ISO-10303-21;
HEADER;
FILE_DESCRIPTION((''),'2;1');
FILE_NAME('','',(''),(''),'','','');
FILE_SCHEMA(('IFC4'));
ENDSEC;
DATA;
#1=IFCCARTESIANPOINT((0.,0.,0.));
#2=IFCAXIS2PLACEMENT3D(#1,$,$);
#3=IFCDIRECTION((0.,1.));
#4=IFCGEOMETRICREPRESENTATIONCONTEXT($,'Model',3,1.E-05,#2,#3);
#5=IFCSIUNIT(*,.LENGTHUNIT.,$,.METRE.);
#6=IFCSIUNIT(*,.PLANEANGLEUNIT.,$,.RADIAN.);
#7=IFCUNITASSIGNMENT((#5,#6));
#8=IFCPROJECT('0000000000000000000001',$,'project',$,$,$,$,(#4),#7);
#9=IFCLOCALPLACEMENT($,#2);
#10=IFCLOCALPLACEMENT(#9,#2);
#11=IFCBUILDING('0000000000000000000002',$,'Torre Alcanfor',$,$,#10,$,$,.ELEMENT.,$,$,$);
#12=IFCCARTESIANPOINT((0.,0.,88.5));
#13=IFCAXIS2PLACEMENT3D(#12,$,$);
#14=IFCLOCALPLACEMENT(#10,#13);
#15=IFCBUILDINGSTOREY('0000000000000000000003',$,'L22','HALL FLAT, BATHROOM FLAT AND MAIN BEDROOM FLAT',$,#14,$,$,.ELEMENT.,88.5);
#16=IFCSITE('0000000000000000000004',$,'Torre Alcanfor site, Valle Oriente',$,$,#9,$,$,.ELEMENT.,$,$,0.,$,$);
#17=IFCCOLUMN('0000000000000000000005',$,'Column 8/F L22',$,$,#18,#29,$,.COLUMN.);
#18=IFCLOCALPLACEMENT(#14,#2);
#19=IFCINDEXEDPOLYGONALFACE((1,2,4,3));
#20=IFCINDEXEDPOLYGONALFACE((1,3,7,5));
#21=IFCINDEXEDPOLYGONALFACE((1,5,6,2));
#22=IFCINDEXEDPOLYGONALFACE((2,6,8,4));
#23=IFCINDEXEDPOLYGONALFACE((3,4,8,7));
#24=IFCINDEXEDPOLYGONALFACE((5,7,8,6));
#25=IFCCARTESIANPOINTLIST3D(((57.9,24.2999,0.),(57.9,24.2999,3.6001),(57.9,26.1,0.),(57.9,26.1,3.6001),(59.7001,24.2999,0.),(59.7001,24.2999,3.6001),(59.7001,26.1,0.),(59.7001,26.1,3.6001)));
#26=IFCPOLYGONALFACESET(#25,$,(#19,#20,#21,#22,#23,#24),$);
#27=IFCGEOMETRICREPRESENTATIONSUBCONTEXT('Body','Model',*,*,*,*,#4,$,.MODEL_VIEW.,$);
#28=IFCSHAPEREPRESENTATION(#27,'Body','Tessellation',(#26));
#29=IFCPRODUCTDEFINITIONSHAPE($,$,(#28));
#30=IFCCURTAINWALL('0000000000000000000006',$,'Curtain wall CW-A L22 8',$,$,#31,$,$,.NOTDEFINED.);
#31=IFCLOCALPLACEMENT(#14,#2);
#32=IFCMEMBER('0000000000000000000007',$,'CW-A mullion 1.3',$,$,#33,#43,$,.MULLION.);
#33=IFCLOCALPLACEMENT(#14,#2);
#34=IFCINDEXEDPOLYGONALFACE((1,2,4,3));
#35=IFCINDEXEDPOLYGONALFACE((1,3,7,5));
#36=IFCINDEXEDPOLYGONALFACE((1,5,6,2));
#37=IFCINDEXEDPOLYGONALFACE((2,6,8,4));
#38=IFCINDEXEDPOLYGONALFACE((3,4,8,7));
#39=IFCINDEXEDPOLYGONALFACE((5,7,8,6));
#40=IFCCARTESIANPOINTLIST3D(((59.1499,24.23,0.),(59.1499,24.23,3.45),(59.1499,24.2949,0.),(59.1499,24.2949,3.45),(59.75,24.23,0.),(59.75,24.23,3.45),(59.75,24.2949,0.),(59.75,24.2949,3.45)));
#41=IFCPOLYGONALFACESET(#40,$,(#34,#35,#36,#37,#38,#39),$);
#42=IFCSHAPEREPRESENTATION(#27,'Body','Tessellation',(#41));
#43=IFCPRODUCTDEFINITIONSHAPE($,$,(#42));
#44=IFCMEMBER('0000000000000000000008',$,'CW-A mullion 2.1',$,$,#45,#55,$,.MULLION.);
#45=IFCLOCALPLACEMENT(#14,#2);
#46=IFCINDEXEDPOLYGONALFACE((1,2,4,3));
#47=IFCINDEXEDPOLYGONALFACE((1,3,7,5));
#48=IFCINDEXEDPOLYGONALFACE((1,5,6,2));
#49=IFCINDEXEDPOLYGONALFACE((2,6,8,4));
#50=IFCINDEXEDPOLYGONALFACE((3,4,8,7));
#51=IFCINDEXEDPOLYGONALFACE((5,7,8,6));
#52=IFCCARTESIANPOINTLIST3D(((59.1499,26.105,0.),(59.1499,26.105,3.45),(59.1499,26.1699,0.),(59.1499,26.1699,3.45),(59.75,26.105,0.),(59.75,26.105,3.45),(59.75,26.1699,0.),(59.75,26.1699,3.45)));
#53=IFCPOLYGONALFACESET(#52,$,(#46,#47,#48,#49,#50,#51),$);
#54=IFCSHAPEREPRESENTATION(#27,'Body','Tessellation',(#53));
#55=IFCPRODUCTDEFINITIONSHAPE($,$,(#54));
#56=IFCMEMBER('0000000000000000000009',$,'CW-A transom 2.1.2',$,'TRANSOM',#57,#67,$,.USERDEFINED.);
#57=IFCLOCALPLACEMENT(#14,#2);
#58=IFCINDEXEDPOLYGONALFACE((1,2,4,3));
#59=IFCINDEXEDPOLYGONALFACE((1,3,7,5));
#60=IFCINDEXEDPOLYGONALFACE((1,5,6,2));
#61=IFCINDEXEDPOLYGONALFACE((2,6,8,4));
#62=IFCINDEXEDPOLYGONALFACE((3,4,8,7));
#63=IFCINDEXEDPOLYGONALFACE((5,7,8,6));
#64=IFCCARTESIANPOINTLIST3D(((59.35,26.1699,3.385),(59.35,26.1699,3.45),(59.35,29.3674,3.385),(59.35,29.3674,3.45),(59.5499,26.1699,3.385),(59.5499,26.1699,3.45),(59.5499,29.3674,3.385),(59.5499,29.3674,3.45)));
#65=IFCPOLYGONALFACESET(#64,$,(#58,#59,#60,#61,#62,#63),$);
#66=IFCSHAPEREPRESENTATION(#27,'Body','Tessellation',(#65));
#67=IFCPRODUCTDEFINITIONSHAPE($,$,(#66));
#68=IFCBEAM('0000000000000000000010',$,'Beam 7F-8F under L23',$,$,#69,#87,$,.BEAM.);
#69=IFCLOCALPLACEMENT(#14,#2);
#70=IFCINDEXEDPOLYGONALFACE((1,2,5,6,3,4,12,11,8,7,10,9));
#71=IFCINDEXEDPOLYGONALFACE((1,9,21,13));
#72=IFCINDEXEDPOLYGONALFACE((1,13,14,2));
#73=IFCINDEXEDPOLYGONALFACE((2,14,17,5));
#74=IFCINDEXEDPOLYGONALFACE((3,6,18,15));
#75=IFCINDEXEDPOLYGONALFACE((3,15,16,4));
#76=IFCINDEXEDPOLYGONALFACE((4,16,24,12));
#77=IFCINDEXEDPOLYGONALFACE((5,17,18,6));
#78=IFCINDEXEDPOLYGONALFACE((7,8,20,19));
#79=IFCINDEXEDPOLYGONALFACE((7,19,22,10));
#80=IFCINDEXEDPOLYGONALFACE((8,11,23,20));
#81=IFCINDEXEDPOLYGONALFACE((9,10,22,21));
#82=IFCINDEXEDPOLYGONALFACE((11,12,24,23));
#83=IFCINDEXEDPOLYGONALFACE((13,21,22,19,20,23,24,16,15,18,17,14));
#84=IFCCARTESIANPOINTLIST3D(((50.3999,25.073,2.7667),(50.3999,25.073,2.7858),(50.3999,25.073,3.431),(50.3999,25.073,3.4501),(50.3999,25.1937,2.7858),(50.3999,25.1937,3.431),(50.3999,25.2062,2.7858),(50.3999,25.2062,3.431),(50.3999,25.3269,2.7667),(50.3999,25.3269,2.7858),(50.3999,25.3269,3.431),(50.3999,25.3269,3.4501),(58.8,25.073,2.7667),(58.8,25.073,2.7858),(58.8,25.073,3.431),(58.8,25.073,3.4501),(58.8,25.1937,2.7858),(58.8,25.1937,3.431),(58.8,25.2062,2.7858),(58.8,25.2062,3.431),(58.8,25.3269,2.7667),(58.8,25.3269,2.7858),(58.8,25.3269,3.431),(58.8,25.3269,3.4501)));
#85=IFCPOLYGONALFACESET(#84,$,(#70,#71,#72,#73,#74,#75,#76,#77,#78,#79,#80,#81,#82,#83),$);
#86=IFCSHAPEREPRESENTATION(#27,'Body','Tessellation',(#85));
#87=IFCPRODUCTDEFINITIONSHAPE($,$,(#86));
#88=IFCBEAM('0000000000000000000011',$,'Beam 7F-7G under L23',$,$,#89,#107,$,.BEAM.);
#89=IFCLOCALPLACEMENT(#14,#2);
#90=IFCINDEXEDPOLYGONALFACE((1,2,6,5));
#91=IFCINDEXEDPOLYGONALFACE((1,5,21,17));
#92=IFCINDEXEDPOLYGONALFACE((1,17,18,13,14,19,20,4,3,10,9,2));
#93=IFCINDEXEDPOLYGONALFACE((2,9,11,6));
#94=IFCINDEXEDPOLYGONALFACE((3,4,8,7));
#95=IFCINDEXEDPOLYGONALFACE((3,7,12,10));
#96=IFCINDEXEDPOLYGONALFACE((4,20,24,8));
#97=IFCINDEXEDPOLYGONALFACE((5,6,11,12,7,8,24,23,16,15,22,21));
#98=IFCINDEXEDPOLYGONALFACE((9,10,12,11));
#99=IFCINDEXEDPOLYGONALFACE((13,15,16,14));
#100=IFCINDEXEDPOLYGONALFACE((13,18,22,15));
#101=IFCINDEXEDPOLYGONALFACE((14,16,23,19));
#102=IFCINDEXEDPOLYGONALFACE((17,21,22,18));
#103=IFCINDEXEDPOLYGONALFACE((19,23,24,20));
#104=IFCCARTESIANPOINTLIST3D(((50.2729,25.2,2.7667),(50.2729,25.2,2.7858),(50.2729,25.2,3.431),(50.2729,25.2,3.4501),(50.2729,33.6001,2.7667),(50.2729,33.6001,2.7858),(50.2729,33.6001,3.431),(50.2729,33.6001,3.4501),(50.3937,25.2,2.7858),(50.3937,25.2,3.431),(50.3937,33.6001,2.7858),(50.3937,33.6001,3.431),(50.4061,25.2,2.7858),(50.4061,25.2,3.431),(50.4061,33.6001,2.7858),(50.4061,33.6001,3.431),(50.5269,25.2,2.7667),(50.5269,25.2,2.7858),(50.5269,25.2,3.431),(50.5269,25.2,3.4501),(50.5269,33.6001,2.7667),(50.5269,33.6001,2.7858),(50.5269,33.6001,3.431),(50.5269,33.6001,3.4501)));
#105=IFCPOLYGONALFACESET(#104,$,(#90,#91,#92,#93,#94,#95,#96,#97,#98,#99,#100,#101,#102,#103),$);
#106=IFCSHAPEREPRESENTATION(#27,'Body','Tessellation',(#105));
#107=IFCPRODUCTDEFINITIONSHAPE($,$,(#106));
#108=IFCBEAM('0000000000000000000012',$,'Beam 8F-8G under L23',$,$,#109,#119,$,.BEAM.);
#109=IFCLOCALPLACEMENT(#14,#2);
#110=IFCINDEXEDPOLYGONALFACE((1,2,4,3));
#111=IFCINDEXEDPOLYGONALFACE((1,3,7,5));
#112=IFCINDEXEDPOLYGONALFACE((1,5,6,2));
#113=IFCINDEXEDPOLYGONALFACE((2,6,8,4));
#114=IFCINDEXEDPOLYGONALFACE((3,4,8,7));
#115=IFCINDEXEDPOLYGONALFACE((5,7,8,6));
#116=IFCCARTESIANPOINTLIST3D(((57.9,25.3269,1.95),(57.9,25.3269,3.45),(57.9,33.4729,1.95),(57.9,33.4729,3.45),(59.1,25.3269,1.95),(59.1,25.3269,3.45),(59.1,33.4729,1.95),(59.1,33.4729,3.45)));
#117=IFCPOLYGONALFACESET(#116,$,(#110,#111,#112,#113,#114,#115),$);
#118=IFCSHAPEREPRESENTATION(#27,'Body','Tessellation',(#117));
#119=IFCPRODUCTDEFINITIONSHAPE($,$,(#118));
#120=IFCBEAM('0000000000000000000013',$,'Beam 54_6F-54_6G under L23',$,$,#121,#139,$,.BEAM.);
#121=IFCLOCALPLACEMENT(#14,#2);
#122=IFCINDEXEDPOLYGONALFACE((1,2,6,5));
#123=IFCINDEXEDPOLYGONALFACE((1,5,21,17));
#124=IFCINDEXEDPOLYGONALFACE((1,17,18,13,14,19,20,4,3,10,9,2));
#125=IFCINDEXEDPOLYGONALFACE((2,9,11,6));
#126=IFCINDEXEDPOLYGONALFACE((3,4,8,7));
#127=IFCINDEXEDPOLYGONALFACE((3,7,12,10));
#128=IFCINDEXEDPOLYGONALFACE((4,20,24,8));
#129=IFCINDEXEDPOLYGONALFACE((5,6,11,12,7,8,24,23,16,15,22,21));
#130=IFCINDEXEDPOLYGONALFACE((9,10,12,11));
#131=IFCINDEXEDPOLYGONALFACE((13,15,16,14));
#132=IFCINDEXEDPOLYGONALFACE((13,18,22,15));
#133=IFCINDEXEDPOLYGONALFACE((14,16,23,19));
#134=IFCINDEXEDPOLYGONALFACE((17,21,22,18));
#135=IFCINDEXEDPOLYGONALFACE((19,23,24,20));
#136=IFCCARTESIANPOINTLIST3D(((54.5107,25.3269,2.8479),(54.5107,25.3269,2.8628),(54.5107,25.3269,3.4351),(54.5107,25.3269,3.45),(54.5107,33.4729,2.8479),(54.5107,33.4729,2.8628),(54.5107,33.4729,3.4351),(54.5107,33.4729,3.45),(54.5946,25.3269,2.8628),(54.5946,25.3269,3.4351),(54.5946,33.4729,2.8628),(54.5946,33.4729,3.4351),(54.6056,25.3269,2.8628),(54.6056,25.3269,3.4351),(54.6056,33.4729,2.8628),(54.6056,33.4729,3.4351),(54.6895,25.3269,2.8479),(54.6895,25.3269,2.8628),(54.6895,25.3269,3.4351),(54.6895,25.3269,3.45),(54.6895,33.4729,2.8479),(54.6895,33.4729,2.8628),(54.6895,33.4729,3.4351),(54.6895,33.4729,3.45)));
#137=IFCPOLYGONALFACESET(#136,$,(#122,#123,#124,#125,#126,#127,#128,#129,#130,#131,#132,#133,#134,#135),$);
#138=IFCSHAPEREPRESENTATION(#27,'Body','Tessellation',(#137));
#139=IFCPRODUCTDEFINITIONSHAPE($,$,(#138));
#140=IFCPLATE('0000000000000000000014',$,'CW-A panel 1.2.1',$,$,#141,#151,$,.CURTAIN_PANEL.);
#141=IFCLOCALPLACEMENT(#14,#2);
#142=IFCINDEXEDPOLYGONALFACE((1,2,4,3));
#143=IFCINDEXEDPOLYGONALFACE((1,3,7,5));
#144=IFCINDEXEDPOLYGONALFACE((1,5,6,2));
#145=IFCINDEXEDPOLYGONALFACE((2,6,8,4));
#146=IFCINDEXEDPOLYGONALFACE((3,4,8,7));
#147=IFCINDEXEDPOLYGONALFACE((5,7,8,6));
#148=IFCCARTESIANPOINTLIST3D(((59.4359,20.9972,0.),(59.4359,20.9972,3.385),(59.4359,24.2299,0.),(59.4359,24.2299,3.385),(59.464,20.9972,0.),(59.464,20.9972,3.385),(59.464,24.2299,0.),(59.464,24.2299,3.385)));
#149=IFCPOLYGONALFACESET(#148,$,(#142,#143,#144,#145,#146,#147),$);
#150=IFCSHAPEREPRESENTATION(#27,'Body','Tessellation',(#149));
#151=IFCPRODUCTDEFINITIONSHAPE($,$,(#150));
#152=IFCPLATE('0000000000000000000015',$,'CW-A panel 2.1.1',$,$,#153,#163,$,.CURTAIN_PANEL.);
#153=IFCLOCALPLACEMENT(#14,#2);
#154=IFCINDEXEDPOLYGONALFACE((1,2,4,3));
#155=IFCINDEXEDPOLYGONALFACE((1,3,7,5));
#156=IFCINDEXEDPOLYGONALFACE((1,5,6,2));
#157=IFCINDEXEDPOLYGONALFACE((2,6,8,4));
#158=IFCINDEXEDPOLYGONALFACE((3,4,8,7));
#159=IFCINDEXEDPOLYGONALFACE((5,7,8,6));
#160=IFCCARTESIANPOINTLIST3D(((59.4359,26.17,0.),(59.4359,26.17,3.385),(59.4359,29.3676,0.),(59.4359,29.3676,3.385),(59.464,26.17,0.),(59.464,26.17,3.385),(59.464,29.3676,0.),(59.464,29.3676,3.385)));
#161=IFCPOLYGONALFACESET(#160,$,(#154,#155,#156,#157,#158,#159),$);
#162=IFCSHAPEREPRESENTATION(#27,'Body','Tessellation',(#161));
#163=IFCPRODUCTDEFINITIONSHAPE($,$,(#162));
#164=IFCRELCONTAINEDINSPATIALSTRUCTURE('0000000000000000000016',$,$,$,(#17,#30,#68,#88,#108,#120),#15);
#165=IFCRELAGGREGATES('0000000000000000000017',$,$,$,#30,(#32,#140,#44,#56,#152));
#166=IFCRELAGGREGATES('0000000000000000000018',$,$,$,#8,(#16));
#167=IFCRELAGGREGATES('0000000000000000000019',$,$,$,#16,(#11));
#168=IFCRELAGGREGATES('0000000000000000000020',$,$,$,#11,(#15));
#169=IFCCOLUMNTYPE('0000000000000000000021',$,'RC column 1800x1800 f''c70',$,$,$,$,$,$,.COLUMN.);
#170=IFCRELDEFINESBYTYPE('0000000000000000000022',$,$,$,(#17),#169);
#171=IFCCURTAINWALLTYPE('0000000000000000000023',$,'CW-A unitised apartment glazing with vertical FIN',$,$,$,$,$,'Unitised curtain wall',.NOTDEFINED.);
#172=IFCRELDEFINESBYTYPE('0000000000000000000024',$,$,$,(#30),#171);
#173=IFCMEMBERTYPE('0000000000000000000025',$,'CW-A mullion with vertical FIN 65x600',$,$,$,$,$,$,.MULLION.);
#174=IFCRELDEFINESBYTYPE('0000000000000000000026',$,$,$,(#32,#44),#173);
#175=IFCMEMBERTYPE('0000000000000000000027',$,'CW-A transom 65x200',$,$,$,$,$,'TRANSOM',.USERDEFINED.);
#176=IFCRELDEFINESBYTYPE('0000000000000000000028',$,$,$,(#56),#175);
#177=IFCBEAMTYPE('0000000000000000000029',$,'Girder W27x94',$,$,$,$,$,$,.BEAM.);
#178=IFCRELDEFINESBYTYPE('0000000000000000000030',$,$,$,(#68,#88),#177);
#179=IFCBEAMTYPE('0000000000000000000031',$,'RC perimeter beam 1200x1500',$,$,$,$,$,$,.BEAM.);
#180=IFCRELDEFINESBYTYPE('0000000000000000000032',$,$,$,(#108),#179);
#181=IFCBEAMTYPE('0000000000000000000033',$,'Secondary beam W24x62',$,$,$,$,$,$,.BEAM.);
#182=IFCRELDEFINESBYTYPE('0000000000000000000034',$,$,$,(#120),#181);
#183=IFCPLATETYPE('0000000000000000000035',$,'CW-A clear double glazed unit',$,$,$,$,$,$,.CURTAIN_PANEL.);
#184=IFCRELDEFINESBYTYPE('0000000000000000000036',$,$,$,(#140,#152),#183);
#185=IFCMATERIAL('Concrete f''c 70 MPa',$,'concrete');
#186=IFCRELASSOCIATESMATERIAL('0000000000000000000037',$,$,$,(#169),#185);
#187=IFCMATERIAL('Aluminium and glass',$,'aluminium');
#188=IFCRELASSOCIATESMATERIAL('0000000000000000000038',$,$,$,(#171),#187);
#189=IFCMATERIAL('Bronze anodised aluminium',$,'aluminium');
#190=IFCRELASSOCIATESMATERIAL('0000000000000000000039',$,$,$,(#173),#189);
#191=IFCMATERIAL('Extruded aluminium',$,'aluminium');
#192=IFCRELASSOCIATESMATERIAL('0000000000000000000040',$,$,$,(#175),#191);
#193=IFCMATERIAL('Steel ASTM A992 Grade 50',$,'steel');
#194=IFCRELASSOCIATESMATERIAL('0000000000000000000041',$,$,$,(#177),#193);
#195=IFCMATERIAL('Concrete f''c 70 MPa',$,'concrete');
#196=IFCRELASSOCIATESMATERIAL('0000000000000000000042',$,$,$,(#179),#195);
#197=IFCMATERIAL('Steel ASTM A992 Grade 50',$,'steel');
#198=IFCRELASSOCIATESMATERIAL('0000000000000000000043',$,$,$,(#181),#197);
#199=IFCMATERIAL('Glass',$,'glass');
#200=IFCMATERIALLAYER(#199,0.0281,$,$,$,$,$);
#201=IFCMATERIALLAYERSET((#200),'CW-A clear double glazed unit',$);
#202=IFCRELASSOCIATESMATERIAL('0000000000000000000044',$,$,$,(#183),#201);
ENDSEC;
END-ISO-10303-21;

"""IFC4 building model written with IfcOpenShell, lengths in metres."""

from ifc_helpers import new_model, si_unit, direction, frame, origin, origin_2d, place, context, subcontext, project, spatial, rectangle, i_section, extrude, material, layer, layer_set, material_profile, profile_set, type_object, element, aggregate, save


model = new_model("IFC4")

# Units and contexts
model_context = context("Model", 3, precision=1e-05, world=origin(), true_north=direction((0.0, 1.0)))
body_context = subcontext(model_context, "Body", "Model", "MODEL_VIEW")
ifc_project = project(units=[si_unit("LENGTHUNIT", "METRE"), si_unit("PLANEANGLEUNIT", "RADIAN")], contexts=[model_context])

# Site, building, storey
site_placement = place(None, origin())
site = spatial("IfcSite", under=ifc_project, at=site_placement, Name="Torre Alcanfor site, Valle Oriente", CompositionType="ELEMENT", RefElevation=0.0)
building_placement = place(site_placement, origin())
building = spatial("IfcBuilding", under=site, at=building_placement, Name="Torre Alcanfor", CompositionType="ELEMENT")
storey_placement = place(building_placement, frame((0.0, 0.0, 88.5)))
storey = spatial("IfcBuildingStorey", under=building, at=storey_placement, Name="L22", Description="HALL FLAT, BATHROOM FLAT AND MAIN BEDROOM FLAT", CompositionType="ELEMENT", Elevation=88.5)

# Column
ifc_material_1 = material(Name="Concrete f'c 70 MPa", Category="concrete")
ifc_material_profile_1 = material_profile(ifc_material_1, rectangle(XDim=1.8, YDim=1.8, at=origin_2d()), Name="1800x1800")
ifc_profile_set_1 = profile_set([ifc_material_profile_1], Name="Concrete f'c 70 MPa")
column_type = type_object("IfcColumnType", Name="RC column 1800x1800 f'c70", PredefinedType="COLUMN", material=ifc_profile_set_1)
column_placement = place(storey_placement, frame((58.8, 25.2, 0.0), z_axis=(0.0, 0.0, 1.0), x_axis=(1.0, 0.0, 0.0)))
element("IfcColumn", 1, at=column_placement, inside=storey, type_object=column_type, Name="Column 8/F L22", PredefinedType="COLUMN", context=body_context, shape_type="SweptSolid", body=[
    extrude(rectangle(XDim=1.8, YDim=1.8, at=origin_2d()), origin(), (0.0, 0.0, 1.0), 3.6001),
])

# Curtain wall, members
ifc_material_2 = material(Name="Aluminium and glass", Category="aluminium")
curtain_wall_type = type_object("IfcCurtainWallType", Name="CW-A unitised apartment glazing with vertical FIN", ElementType="Unitised curtain wall", PredefinedType="NOTDEFINED", material=ifc_material_2)
curtain_wall_placement = place(storey_placement, origin())
curtain_wall = element("IfcCurtainWall", 2, at=curtain_wall_placement, inside=storey, type_object=curtain_wall_type, Name="Curtain wall CW-A L22 8", PredefinedType="NOTDEFINED")
ifc_material_3 = material(Name="Bronze anodised aluminium", Category="aluminium")
ifc_material_profile_2 = material_profile(ifc_material_3, rectangle(XDim=0.6001, YDim=0.0649, at=origin_2d()), Name="CW-A mullion 65x600")
ifc_profile_set_2 = profile_set([ifc_material_profile_2], Name="Bronze anodised aluminium")
member_type_1 = type_object("IfcMemberType", Name="CW-A mullion with vertical FIN 65x600", PredefinedType="MULLION", material=ifc_profile_set_2)
member_1_placement = place(storey_placement, frame((59.45, 24.2625, 0.0), z_axis=(0.0, 0.0, 1.0), x_axis=(-1.0, 0.0, 0.0)))
member_1 = element("IfcMember", 3, at=member_1_placement, type_object=member_type_1, Name="CW-A mullion 1.3", PredefinedType="MULLION", context=body_context, shape_type="SweptSolid", body=[
    extrude(rectangle(XDim=0.6001, YDim=0.0649, at=origin_2d()), origin(), (0.0, 0.0, 1.0), 3.45),
])
member_2_placement = place(storey_placement, frame((59.45, 26.1375, 0.0), z_axis=(0.0, 0.0, 1.0), x_axis=(-1.0, 0.0, 0.0)))
member_2 = element("IfcMember", 4, at=member_2_placement, type_object=member_type_1, Name="CW-A mullion 2.1", PredefinedType="MULLION", context=body_context, shape_type="SweptSolid", body=[
    extrude(rectangle(XDim=0.6001, YDim=0.0649, at=origin_2d()), origin(), (0.0, 0.0, 1.0), 3.45),
])
ifc_material_4 = material(Name="Extruded aluminium", Category="aluminium")
ifc_material_profile_3 = material_profile(ifc_material_4, rectangle(XDim=0.2, YDim=0.0649, at=origin_2d()), Name="CW-A transom 200x65")
ifc_profile_set_3 = profile_set([ifc_material_profile_3], Name="Extruded aluminium")
member_type_2 = type_object("IfcMemberType", Name="CW-A transom 65x200", ElementType="TRANSOM", PredefinedType="USERDEFINED", material=ifc_profile_set_3)
member_3_placement = place(storey_placement, frame((59.45, 26.1699, 3.4175), z_axis=(0.0, 1.0, 0.0), x_axis=(-1.0, 0.0, 0.0)))
member_3 = element("IfcMember", 5, at=member_3_placement, type_object=member_type_2, Name="CW-A transom 2.1.2", ObjectType="TRANSOM", PredefinedType="USERDEFINED", context=body_context, shape_type="SweptSolid", body=[
    extrude(rectangle(XDim=0.2, YDim=0.0649, at=origin_2d()), origin(), (0.0, 0.0, 1.0), 3.1975),
])

# Beams
ifc_material_5 = material(Name="Steel ASTM A992 Grade 50", Category="steel")
ifc_material_profile_4 = material_profile(ifc_material_5, i_section(OverallWidth=0.2539, OverallDepth=0.6833, WebThickness=0.0125, FlangeThickness=0.019, at=origin_2d()), Name="W27x94")
ifc_profile_set_4 = profile_set([ifc_material_profile_4], Name="Steel ASTM A992 Grade 50")
beam_type_1 = type_object("IfcBeamType", Name="Girder W27x94", PredefinedType="BEAM", material=ifc_profile_set_4)
for number, where, z_axis, x_axis, name in (
    (6, (50.3999, 25.2, 3.1084), (1.0, 0.0, 0.0), (0.0, 1.0, 0.0), "Beam 7F-8F under L23"),
    (7, (50.3999, 25.2, 3.1084), (0.0, 1.0, 0.0), (-1.0, 0.0, 0.0), "Beam 7F-7G under L23"),
):
    element("IfcBeam", number, at=place(storey_placement, frame(where, z_axis=z_axis, x_axis=x_axis)), inside=storey, type_object=beam_type_1, Name=name, PredefinedType="BEAM", context=body_context, shape_type="SweptSolid", body=[
        extrude(i_section(OverallWidth=0.2539, OverallDepth=0.6833, WebThickness=0.0125, FlangeThickness=0.019, at=origin_2d()), origin(), (0.0, 0.0, 1.0), 8.4001),
    ])
ifc_material_6 = material(Name="Concrete f'c 70 MPa", Category="concrete")
ifc_material_profile_5 = material_profile(ifc_material_6, rectangle(XDim=1.2, YDim=1.5, at=origin_2d()), Name="1200x1500")
ifc_profile_set_5 = profile_set([ifc_material_profile_5], Name="Concrete f'c 70 MPa")
beam_type_2 = type_object("IfcBeamType", Name="RC perimeter beam 1200x1500", PredefinedType="BEAM", material=ifc_profile_set_5)
beam_1_placement = place(storey_placement, frame((58.5, 25.3269, 2.7), z_axis=(0.0, 1.0, 0.0), x_axis=(-1.0, 0.0, 0.0)))
element("IfcBeam", 8, at=beam_1_placement, inside=storey, type_object=beam_type_2, Name="Beam 8F-8G under L23", PredefinedType="BEAM", context=body_context, shape_type="SweptSolid", body=[
    extrude(rectangle(XDim=1.2, YDim=1.5, at=origin_2d()), origin(), (0.0, 0.0, 1.0), 8.146),
])
ifc_material_7 = material(Name="Steel ASTM A992 Grade 50", Category="steel")
ifc_material_profile_6 = material_profile(ifc_material_7, i_section(OverallWidth=0.1787, OverallDepth=0.6021, WebThickness=0.011, FlangeThickness=0.0149, at=origin_2d()), Name="W24x62")
ifc_profile_set_6 = profile_set([ifc_material_profile_6], Name="Steel ASTM A992 Grade 50")
beam_type_3 = type_object("IfcBeamType", Name="Secondary beam W24x62", PredefinedType="BEAM", material=ifc_profile_set_6)
beam_2_placement = place(storey_placement, frame((54.6001, 25.3269, 3.1489), z_axis=(0.0, 1.0, 0.0), x_axis=(-1.0, 0.0, 0.0)))
element("IfcBeam", 9, at=beam_2_placement, inside=storey, type_object=beam_type_3, Name="Beam 54_6F-54_6G under L23", PredefinedType="BEAM", context=body_context, shape_type="SweptSolid", body=[
    extrude(i_section(OverallWidth=0.1787, OverallDepth=0.6021, WebThickness=0.011, FlangeThickness=0.0149, at=origin_2d()), origin(), (0.0, 0.0, 1.0), 8.146),
])

# Plates
ifc_material_8 = material(Name="Glass", Category="glass")
ifc_layer_1 = layer(ifc_material_8, 0.0281)
ifc_layer_set_1 = layer_set([ifc_layer_1], Name="CW-A clear double glazed unit")
plate_type = type_object("IfcPlateType", Name="CW-A clear double glazed unit", PredefinedType="CURTAIN_PANEL", material=ifc_layer_set_1)
plate_1_placement = place(storey_placement, frame((59.45, 22.6135, 0.0), z_axis=(0.0, 0.0, 1.0), x_axis=(0.0, 1.0, 0.0)))
plate_1 = element("IfcPlate", 10, at=plate_1_placement, type_object=plate_type, Name="CW-A panel 1.2.1", PredefinedType="CURTAIN_PANEL", context=body_context, shape_type="SweptSolid", body=[
    extrude(rectangle(XDim=3.2327, YDim=0.0281, at=origin_2d()), origin(), (0.0, 0.0, 1.0), 3.385),
])
plate_2_placement = place(storey_placement, frame((59.45, 27.7688, 0.0), z_axis=(0.0, 0.0, 1.0), x_axis=(0.0, 1.0, 0.0)))
plate_2 = element("IfcPlate", 11, at=plate_2_placement, type_object=plate_type, Name="CW-A panel 2.1.1", PredefinedType="CURTAIN_PANEL", context=body_context, shape_type="SweptSolid", body=[
    extrude(rectangle(XDim=3.1975, YDim=0.0281, at=origin_2d()), origin(), (0.0, 0.0, 1.0), 3.385),
])
aggregate(curtain_wall, [member_1, plate_1, member_2, member_3, plate_2])

save(model, "model.ifc")
